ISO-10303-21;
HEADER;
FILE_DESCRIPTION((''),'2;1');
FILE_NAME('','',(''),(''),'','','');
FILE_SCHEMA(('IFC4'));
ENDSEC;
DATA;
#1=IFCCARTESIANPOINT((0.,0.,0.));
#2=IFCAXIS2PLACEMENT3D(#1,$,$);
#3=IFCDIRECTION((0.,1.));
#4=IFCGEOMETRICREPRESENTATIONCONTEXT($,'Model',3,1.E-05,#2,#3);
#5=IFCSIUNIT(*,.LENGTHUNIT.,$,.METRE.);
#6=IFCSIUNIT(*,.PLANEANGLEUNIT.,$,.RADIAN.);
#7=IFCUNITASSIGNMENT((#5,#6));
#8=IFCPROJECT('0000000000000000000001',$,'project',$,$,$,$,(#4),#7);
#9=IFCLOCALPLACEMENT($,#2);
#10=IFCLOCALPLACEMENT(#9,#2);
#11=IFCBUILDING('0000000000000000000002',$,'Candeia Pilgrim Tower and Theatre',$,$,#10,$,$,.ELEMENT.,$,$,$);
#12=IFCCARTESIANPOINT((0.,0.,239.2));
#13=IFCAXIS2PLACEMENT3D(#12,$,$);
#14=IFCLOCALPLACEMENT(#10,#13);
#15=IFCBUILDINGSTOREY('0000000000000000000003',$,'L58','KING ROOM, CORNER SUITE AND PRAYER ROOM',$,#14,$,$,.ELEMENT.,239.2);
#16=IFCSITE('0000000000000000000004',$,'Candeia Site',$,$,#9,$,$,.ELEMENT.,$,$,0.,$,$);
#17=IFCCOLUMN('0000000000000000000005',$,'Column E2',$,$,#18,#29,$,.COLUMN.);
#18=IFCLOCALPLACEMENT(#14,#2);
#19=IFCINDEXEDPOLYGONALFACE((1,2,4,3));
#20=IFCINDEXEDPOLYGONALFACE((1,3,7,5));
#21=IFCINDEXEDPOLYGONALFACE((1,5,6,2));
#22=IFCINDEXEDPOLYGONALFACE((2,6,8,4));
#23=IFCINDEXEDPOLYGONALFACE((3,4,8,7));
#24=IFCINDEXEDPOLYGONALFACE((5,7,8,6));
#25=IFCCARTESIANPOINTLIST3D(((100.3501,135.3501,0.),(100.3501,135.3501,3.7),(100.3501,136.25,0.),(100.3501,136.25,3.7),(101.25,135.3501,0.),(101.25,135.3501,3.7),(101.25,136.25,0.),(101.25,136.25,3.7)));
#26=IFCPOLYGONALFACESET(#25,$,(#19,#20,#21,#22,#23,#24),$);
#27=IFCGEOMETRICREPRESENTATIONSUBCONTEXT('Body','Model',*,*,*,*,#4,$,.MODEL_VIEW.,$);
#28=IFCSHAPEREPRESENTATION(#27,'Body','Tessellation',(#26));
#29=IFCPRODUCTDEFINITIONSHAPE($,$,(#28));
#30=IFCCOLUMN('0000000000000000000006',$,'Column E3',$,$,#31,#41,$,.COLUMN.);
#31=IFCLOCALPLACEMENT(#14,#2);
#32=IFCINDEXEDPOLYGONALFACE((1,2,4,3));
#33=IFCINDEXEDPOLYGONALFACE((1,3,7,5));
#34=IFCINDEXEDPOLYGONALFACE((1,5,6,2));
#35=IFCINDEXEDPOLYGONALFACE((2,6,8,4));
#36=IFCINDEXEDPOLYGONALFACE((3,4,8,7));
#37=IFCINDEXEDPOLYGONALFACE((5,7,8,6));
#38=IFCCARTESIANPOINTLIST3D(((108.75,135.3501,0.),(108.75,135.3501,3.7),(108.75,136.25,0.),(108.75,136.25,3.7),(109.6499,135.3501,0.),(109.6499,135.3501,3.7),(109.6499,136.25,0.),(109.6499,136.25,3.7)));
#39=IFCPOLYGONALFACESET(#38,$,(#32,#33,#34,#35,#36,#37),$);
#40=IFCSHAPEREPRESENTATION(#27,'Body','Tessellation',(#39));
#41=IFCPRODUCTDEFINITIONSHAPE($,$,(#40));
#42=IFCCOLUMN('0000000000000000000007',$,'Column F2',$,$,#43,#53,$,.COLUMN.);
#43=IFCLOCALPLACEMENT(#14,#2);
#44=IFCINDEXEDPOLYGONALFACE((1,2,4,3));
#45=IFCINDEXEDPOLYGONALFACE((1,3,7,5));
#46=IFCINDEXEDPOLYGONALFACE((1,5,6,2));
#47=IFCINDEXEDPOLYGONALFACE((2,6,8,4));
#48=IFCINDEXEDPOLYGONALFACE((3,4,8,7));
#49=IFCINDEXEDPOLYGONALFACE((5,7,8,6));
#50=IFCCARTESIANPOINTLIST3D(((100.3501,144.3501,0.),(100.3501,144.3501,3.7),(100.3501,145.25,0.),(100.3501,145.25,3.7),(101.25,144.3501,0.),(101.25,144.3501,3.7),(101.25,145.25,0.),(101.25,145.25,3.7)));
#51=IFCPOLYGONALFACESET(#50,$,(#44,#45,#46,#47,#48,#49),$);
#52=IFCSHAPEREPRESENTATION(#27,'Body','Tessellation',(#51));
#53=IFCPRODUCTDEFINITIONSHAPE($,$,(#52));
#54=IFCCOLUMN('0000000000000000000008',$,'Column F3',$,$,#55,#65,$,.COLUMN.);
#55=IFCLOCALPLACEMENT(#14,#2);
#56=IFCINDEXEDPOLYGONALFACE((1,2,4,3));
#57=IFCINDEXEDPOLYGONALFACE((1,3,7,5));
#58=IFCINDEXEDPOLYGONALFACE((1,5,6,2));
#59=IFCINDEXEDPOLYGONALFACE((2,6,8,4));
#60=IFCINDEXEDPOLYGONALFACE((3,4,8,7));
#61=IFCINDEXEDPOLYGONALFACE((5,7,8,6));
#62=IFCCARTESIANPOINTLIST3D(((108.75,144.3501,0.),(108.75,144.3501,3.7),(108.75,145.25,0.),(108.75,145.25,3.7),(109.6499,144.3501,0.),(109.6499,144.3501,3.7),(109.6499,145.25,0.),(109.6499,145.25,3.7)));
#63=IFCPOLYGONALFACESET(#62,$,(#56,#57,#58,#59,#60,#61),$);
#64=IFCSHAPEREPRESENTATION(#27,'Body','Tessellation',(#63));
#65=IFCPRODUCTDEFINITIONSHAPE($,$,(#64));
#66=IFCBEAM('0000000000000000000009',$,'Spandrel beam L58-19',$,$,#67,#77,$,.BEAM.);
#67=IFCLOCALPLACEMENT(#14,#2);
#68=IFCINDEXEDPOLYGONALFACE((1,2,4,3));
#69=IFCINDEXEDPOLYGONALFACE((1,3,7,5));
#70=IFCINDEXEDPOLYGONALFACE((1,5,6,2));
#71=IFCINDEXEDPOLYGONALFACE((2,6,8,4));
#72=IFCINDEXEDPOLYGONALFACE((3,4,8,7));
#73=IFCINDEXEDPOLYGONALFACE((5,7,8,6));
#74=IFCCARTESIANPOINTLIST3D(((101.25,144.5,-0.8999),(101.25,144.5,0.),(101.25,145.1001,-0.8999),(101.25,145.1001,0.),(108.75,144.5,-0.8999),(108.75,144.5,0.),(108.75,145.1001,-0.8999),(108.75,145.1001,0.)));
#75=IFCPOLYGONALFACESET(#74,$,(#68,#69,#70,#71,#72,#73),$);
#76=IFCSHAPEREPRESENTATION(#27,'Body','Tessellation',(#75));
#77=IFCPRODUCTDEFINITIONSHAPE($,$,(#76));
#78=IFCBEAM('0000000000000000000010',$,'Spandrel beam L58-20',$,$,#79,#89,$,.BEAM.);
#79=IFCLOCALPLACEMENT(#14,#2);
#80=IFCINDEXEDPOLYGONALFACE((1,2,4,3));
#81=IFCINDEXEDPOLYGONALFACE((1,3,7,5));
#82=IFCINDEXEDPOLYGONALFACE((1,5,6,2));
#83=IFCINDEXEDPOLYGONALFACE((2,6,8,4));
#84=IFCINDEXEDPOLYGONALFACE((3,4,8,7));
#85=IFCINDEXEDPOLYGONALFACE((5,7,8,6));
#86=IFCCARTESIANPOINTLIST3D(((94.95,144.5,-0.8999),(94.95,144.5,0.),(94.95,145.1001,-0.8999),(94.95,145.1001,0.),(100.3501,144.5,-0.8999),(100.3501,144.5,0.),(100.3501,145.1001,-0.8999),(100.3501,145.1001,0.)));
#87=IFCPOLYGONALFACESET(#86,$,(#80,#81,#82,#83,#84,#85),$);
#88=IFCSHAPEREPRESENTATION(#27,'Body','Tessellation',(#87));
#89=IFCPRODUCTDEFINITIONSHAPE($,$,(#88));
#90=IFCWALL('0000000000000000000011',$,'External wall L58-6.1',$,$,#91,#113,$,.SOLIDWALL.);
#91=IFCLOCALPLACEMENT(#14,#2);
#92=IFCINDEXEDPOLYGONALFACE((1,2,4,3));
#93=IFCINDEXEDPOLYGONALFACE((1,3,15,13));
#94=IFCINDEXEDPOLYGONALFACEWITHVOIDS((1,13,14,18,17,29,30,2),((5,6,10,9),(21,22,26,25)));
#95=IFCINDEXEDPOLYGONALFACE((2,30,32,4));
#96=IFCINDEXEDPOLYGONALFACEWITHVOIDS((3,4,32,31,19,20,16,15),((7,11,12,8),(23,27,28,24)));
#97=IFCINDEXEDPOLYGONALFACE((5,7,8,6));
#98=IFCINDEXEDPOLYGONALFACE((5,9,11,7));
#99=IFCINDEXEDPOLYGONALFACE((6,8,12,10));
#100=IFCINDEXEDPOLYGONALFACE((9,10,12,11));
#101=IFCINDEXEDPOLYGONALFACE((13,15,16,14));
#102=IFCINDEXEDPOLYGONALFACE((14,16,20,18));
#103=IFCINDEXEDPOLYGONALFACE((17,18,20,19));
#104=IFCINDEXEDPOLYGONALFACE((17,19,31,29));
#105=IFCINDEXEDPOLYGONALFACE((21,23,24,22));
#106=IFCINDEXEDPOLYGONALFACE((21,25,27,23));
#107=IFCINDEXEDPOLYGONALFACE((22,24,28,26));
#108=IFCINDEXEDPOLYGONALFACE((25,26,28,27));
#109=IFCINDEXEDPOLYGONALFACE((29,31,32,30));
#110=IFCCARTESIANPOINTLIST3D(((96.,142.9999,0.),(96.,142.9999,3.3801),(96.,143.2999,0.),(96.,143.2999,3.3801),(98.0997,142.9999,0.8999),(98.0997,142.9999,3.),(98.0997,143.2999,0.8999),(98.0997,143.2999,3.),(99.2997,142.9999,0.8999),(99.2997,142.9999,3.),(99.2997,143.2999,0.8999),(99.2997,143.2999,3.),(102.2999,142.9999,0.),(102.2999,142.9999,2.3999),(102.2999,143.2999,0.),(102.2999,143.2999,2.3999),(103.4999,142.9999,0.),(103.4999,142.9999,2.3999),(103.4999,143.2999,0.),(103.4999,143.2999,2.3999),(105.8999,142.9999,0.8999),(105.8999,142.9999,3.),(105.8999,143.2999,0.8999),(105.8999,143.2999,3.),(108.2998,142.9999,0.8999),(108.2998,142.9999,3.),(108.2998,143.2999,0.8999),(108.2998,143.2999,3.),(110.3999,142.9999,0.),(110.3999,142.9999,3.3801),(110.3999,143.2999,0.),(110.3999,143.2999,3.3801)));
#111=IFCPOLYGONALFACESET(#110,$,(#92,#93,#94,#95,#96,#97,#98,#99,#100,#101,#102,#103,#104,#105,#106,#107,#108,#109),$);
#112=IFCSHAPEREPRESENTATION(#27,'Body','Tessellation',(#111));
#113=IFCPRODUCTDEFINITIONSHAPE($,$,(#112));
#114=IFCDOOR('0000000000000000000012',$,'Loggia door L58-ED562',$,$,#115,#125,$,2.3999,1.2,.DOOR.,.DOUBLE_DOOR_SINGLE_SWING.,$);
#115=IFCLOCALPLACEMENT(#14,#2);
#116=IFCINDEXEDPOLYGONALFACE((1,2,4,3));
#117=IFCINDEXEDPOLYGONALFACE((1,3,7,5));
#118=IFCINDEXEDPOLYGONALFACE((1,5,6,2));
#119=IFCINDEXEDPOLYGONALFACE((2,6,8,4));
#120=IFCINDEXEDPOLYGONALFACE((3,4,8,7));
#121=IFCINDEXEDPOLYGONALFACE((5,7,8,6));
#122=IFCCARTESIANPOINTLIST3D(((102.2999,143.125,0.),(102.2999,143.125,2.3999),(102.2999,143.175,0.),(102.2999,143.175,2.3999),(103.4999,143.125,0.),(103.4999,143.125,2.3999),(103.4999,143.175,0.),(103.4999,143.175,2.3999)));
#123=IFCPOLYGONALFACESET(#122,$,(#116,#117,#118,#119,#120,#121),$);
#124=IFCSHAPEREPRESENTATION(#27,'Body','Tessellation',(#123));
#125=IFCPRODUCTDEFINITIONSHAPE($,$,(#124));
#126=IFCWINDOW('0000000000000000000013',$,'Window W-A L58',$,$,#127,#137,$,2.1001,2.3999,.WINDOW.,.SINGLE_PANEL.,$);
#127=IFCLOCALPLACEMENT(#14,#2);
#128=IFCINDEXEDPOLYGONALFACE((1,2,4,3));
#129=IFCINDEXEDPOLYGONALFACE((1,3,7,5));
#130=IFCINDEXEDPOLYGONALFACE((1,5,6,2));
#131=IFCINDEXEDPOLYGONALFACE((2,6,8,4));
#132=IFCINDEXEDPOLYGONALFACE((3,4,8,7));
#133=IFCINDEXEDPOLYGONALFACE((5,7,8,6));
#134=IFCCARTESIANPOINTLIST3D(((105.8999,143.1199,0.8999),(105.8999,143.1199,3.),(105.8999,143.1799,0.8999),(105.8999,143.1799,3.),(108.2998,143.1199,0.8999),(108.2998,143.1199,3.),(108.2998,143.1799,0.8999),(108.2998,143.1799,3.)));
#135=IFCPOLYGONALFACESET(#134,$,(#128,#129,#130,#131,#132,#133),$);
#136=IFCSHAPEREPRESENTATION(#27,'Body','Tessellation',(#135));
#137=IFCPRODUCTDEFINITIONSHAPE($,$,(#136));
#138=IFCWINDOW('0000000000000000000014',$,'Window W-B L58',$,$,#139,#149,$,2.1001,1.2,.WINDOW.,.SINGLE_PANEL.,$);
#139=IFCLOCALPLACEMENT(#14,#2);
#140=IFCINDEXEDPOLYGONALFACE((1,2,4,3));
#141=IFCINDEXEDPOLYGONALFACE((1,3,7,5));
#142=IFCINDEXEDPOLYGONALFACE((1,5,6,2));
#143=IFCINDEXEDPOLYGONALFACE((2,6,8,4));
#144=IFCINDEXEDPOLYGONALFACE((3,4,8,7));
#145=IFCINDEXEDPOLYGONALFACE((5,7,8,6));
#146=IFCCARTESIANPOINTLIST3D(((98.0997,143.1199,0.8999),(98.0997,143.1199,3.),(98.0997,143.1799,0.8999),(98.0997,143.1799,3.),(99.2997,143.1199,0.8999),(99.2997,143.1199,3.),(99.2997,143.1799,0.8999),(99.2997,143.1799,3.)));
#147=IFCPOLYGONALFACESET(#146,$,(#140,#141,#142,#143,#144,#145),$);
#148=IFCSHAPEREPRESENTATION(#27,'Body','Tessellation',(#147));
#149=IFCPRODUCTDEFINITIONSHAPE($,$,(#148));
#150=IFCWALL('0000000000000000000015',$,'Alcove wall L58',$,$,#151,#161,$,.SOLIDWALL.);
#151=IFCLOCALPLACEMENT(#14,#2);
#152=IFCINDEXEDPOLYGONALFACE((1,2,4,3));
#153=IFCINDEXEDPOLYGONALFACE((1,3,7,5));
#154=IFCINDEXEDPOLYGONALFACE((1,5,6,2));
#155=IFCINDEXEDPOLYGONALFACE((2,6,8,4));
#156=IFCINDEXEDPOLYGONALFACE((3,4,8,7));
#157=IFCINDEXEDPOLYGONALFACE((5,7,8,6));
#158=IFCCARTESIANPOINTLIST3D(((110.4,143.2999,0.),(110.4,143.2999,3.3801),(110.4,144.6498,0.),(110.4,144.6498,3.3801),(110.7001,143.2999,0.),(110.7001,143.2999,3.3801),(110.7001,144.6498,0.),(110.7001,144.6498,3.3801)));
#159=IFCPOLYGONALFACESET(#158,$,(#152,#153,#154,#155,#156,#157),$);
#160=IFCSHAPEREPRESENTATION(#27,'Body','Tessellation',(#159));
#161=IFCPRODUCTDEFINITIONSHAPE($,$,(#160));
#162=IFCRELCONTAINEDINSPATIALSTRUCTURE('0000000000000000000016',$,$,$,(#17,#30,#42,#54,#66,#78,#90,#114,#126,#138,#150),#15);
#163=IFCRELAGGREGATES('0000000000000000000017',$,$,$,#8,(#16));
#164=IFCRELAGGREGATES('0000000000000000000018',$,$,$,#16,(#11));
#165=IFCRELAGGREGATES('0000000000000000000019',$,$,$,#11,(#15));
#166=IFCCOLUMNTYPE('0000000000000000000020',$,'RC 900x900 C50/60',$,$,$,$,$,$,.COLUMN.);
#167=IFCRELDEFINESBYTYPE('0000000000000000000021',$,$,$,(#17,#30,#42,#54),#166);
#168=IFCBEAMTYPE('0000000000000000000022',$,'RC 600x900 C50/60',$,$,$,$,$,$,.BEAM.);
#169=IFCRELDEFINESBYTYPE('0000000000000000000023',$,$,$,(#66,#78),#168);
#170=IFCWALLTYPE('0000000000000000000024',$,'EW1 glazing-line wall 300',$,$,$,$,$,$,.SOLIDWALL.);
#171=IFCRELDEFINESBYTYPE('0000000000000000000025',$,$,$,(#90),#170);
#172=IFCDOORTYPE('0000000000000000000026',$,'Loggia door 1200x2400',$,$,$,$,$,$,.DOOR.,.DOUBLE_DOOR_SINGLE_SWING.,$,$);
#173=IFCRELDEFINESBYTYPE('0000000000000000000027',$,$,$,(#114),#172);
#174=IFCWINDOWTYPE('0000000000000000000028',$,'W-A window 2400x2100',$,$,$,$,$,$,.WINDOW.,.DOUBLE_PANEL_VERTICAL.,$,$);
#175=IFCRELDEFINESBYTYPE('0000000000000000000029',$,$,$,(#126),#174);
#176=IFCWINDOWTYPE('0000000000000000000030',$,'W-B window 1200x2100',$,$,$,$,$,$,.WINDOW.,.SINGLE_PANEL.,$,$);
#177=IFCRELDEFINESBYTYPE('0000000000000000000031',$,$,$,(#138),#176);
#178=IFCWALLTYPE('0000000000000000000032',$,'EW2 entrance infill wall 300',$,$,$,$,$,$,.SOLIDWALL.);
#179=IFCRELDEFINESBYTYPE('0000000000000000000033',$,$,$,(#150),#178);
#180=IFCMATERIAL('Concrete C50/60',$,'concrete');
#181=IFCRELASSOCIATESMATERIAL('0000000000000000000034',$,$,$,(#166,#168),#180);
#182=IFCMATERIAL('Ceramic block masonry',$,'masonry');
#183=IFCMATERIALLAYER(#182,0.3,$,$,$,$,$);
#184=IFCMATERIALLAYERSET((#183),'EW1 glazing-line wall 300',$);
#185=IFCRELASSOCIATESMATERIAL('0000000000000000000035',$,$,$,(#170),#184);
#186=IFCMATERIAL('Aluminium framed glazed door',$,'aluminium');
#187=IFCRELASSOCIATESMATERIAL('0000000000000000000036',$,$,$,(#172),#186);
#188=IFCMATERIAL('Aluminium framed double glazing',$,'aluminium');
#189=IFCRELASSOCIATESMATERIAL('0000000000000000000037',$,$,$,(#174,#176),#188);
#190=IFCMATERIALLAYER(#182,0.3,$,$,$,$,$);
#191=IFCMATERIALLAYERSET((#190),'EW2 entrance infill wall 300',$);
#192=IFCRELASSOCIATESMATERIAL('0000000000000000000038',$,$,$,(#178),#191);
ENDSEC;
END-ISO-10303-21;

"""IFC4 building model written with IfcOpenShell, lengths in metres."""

from ifc_helpers import new_model, si_unit, direction, frame, frame_2d, origin, origin_2d, place, context, subcontext, project, spatial, rectangle, extrude, material, layer, layer_set, material_profile, profile_set, type_object, element, fill, save


model = new_model("IFC4")

# Units and contexts
model_context = context("Model", 3, precision=1e-05, world=origin(), true_north=direction((0.0, 1.0)))
body_context = subcontext(model_context, "Body", "Model", "MODEL_VIEW")
ifc_project = project(units=[si_unit("LENGTHUNIT", "METRE"), si_unit("PLANEANGLEUNIT", "RADIAN")], contexts=[model_context])

# Site, building, storey
site_placement = place(None, origin())
site = spatial("IfcSite", under=ifc_project, at=site_placement, Name="Candeia Site", CompositionType="ELEMENT", RefElevation=0.0)
building_placement = place(site_placement, origin())
building = spatial("IfcBuilding", under=site, at=building_placement, Name="Candeia Pilgrim Tower and Theatre", CompositionType="ELEMENT")
storey_placement = place(building_placement, frame((0.0, 0.0, 239.2)))
storey = spatial("IfcBuildingStorey", under=building, at=storey_placement, Name="L58", Description="KING ROOM, CORNER SUITE AND PRAYER ROOM", CompositionType="ELEMENT", Elevation=239.2)

# Columns
ifc_material_1 = material(Name="Concrete C50/60", Category="concrete")
ifc_material_profile_1 = material_profile(ifc_material_1, rectangle(XDim=0.8999, YDim=0.8999, at=origin_2d()))
ifc_profile_set_1 = profile_set([ifc_material_profile_1], Name="Concrete C50/60")
column_type = type_object("IfcColumnType", Name="RC 900x900 C50/60", PredefinedType="COLUMN", material=ifc_profile_set_1)
for number, where, z_axis, x_axis, name in (
    (1, (100.8, 135.8, 0.0), (0.0, 0.0, 1.0), (1.0, 0.0, 0.0), "Column E2"),
    (2, (109.2, 135.8, 0.0), (0.0, 0.0, 1.0), (1.0, 0.0, 0.0), "Column E3"),
    (3, (100.8, 144.8, 0.0), (0.0, 0.0, 1.0), (1.0, 0.0, 0.0), "Column F2"),
    (4, (109.2, 144.8, 0.0), (0.0, 0.0, 1.0), (1.0, 0.0, 0.0), "Column F3"),
):
    element("IfcColumn", number, at=place(storey_placement, frame(where, z_axis=z_axis, x_axis=x_axis)), inside=storey, type_object=column_type, Name=name, PredefinedType="COLUMN", context=body_context, shape_type="SweptSolid", body=[
        extrude(rectangle(XDim=0.8999, YDim=0.8999, at=origin_2d()), origin(), (0.0, 0.0, 1.0), 3.7),
    ])

# Beams
ifc_material_profile_2 = material_profile(ifc_material_1, rectangle(XDim=0.6001, YDim=0.8999, at=origin_2d()))
ifc_profile_set_2 = profile_set([ifc_material_profile_2], Name="Concrete C50/60")
beam_type = type_object("IfcBeamType", Name="RC 600x900 C50/60", PredefinedType="BEAM", material=ifc_profile_set_2)
beam_1_placement = place(storey_placement, frame((108.75, 144.8, -0.45), z_axis=(-1.0, 0.0, 0.0), x_axis=(0.0, -1.0, 0.0)))
element("IfcBeam", 5, at=beam_1_placement, inside=storey, type_object=beam_type, Name="Spandrel beam L58-19", PredefinedType="BEAM", context=body_context, shape_type="SweptSolid", body=[
    extrude(rectangle(XDim=0.6001, YDim=0.8999, at=origin_2d()), origin(), (0.0, 0.0, 1.0), 7.5),
])
beam_2_placement = place(storey_placement, frame((100.3501, 144.8, -0.45), z_axis=(-1.0, 0.0, 0.0), x_axis=(0.0, -1.0, 0.0)))
element("IfcBeam", 6, at=beam_2_placement, inside=storey, type_object=beam_type, Name="Spandrel beam L58-20", PredefinedType="BEAM", context=body_context, shape_type="SweptSolid", body=[
    extrude(rectangle(XDim=0.6001, YDim=0.8999, at=origin_2d()), origin(), (0.0, 0.0, 1.0), 5.4001),
])

# Wall, openings, door, windows
ifc_material_2 = material(Name="Ceramic block masonry", Category="masonry")
ifc_layer_1 = layer(ifc_material_2, 0.3)
ifc_layer_set_1 = layer_set([ifc_layer_1], Name="EW1 glazing-line wall 300")
wall_type_1 = type_object("IfcWallType", Name="EW1 glazing-line wall 300", PredefinedType="SOLIDWALL", material=ifc_layer_set_1)
wall_1_placement = place(storey_placement, frame((110.3999, 143.1499, 0.0), z_axis=(0.0, 0.0, 1.0), x_axis=(-1.0, 0.0, 0.0)))
wall_1 = element("IfcWall", 7, at=wall_1_placement, inside=storey, type_object=wall_type_1, Name="External wall L58-6.1", PredefinedType="SOLIDWALL", context=body_context, shape_type="SweptSolid", body=[
    extrude(rectangle(XDim=14.3999, YDim=0.3, at=frame_2d((7.2, 0.0))), origin(), (0.0, 0.0, 1.0), 3.3801),
])
opening_1_placement = place(wall_1_placement, frame((2.1001, 0.0, 0.8999)))
opening_1 = element("IfcOpeningElement", 8, at=opening_1_placement, cuts=wall_1, PredefinedType="OPENING", context=body_context, shape_type="SweptSolid", body=[
    extrude(rectangle(XDim=2.3999, YDim=2.1001, at=frame_2d((1.2, 1.05))), frame((0.0, 0.1602, 0.0), z_axis=(0.0, -1.0, 0.0), x_axis=(1.0, 0.0, 0.0)), (0.0, 0.0, 1.0), 0.3201),
])
opening_2_placement = place(wall_1_placement, frame((6.8999, 0.0, 0.0)))
opening_2 = element("IfcOpeningElement", 9, at=opening_2_placement, cuts=wall_1, PredefinedType="OPENING", context=body_context, shape_type="SweptSolid", body=[
    extrude(rectangle(XDim=1.2, YDim=2.3999, at=frame_2d((0.6001, 1.2))), frame((0.0, 0.1602, 0.0), z_axis=(0.0, -1.0, 0.0), x_axis=(1.0, 0.0, 0.0)), (0.0, 0.0, 1.0), 0.3201),
])
opening_3_placement = place(wall_1_placement, frame((11.1001, 0.0, 0.8999)))
opening_3 = element("IfcOpeningElement", 10, at=opening_3_placement, cuts=wall_1, PredefinedType="OPENING", context=body_context, shape_type="SweptSolid", body=[
    extrude(rectangle(XDim=1.2, YDim=2.1001, at=frame_2d((0.6001, 1.05))), frame((0.0, 0.1602, 0.0), z_axis=(0.0, -1.0, 0.0), x_axis=(1.0, 0.0, 0.0)), (0.0, 0.0, 1.0), 0.3201),
])
ifc_material_3 = material(Name="Aluminium framed glazed door", Category="aluminium")
door_type_1 = type_object("IfcDoorType", Name="Loggia door 1200x2400", OperationType="DOUBLE_DOOR_SINGLE_SWING", PredefinedType="DOOR", material=ifc_material_3)
door_1_placement = place(opening_2_placement, origin())
door_1 = element("IfcDoor", 11, at=door_1_placement, inside=storey, type_object=door_type_1, Name="Loggia door L58-ED562", OperationType="DOUBLE_DOOR_SINGLE_SWING", OverallHeight=2.3999, OverallWidth=1.2, PredefinedType="DOOR", context=body_context, shape_type="SweptSolid", body=[
    extrude(rectangle(XDim=1.2, YDim=2.3999, at=frame_2d((0.6001, 1.2))), frame((0.0, 0.0249, 0.0), z_axis=(0.0, -1.0, 0.0), x_axis=(1.0, 0.0, 0.0)), (0.0, 0.0, 1.0), 0.05),
])
fill(opening_2, door_1)
ifc_material_4 = material(Name="Aluminium framed double glazing", Category="aluminium")
window_type_1 = type_object("IfcWindowType", Name="W-A window 2400x2100", PartitioningType="DOUBLE_PANEL_VERTICAL", PredefinedType="WINDOW", material=ifc_material_4)
window_1_placement = place(opening_1_placement, origin())
window_1 = element("IfcWindow", 12, at=window_1_placement, inside=storey, type_object=window_type_1, Name="Window W-A L58", OverallHeight=2.1001, OverallWidth=2.3999, PartitioningType="SINGLE_PANEL", PredefinedType="WINDOW", context=body_context, shape_type="SweptSolid", body=[
    extrude(rectangle(XDim=2.3999, YDim=2.1001, at=frame_2d((1.2, 1.05))), frame((0.0, 0.03, 0.0), z_axis=(0.0, -1.0, 0.0), x_axis=(1.0, 0.0, 0.0)), (0.0, 0.0, 1.0), 0.0601),
])
fill(opening_1, window_1)
window_type_2 = type_object("IfcWindowType", Name="W-B window 1200x2100", PartitioningType="SINGLE_PANEL", PredefinedType="WINDOW", material=ifc_material_4)
window_2_placement = place(opening_3_placement, origin())
window_2 = element("IfcWindow", 13, at=window_2_placement, inside=storey, type_object=window_type_2, Name="Window W-B L58", OverallHeight=2.1001, OverallWidth=1.2, PartitioningType="SINGLE_PANEL", PredefinedType="WINDOW", context=body_context, shape_type="SweptSolid", body=[
    extrude(rectangle(XDim=1.2, YDim=2.1001, at=frame_2d((0.6001, 1.05))), frame((0.0, 0.03, 0.0), z_axis=(0.0, -1.0, 0.0), x_axis=(1.0, 0.0, 0.0)), (0.0, 0.0, 1.0), 0.0601),
])
fill(opening_3, window_2)

# Wall
ifc_layer_2 = layer(ifc_material_2, 0.3)
ifc_layer_set_2 = layer_set([ifc_layer_2], Name="EW2 entrance infill wall 300")
wall_type_2 = type_object("IfcWallType", Name="EW2 entrance infill wall 300", PredefinedType="SOLIDWALL", material=ifc_layer_set_2)
wall_2_placement = place(storey_placement, frame((110.55, 143.3, 0.0), z_axis=(0.0, 0.0, 1.0), x_axis=(0.0, 1.0, 0.0)))
element("IfcWall", 14, at=wall_2_placement, inside=storey, type_object=wall_type_2, Name="Alcove wall L58", PredefinedType="SOLIDWALL", context=body_context, shape_type="SweptSolid", body=[
    extrude(rectangle(XDim=1.3499, YDim=0.3, at=frame_2d((0.6748, 0.0))), origin(), (0.0, 0.0, 1.0), 3.3801),
])

save(model, "model.ifc")
